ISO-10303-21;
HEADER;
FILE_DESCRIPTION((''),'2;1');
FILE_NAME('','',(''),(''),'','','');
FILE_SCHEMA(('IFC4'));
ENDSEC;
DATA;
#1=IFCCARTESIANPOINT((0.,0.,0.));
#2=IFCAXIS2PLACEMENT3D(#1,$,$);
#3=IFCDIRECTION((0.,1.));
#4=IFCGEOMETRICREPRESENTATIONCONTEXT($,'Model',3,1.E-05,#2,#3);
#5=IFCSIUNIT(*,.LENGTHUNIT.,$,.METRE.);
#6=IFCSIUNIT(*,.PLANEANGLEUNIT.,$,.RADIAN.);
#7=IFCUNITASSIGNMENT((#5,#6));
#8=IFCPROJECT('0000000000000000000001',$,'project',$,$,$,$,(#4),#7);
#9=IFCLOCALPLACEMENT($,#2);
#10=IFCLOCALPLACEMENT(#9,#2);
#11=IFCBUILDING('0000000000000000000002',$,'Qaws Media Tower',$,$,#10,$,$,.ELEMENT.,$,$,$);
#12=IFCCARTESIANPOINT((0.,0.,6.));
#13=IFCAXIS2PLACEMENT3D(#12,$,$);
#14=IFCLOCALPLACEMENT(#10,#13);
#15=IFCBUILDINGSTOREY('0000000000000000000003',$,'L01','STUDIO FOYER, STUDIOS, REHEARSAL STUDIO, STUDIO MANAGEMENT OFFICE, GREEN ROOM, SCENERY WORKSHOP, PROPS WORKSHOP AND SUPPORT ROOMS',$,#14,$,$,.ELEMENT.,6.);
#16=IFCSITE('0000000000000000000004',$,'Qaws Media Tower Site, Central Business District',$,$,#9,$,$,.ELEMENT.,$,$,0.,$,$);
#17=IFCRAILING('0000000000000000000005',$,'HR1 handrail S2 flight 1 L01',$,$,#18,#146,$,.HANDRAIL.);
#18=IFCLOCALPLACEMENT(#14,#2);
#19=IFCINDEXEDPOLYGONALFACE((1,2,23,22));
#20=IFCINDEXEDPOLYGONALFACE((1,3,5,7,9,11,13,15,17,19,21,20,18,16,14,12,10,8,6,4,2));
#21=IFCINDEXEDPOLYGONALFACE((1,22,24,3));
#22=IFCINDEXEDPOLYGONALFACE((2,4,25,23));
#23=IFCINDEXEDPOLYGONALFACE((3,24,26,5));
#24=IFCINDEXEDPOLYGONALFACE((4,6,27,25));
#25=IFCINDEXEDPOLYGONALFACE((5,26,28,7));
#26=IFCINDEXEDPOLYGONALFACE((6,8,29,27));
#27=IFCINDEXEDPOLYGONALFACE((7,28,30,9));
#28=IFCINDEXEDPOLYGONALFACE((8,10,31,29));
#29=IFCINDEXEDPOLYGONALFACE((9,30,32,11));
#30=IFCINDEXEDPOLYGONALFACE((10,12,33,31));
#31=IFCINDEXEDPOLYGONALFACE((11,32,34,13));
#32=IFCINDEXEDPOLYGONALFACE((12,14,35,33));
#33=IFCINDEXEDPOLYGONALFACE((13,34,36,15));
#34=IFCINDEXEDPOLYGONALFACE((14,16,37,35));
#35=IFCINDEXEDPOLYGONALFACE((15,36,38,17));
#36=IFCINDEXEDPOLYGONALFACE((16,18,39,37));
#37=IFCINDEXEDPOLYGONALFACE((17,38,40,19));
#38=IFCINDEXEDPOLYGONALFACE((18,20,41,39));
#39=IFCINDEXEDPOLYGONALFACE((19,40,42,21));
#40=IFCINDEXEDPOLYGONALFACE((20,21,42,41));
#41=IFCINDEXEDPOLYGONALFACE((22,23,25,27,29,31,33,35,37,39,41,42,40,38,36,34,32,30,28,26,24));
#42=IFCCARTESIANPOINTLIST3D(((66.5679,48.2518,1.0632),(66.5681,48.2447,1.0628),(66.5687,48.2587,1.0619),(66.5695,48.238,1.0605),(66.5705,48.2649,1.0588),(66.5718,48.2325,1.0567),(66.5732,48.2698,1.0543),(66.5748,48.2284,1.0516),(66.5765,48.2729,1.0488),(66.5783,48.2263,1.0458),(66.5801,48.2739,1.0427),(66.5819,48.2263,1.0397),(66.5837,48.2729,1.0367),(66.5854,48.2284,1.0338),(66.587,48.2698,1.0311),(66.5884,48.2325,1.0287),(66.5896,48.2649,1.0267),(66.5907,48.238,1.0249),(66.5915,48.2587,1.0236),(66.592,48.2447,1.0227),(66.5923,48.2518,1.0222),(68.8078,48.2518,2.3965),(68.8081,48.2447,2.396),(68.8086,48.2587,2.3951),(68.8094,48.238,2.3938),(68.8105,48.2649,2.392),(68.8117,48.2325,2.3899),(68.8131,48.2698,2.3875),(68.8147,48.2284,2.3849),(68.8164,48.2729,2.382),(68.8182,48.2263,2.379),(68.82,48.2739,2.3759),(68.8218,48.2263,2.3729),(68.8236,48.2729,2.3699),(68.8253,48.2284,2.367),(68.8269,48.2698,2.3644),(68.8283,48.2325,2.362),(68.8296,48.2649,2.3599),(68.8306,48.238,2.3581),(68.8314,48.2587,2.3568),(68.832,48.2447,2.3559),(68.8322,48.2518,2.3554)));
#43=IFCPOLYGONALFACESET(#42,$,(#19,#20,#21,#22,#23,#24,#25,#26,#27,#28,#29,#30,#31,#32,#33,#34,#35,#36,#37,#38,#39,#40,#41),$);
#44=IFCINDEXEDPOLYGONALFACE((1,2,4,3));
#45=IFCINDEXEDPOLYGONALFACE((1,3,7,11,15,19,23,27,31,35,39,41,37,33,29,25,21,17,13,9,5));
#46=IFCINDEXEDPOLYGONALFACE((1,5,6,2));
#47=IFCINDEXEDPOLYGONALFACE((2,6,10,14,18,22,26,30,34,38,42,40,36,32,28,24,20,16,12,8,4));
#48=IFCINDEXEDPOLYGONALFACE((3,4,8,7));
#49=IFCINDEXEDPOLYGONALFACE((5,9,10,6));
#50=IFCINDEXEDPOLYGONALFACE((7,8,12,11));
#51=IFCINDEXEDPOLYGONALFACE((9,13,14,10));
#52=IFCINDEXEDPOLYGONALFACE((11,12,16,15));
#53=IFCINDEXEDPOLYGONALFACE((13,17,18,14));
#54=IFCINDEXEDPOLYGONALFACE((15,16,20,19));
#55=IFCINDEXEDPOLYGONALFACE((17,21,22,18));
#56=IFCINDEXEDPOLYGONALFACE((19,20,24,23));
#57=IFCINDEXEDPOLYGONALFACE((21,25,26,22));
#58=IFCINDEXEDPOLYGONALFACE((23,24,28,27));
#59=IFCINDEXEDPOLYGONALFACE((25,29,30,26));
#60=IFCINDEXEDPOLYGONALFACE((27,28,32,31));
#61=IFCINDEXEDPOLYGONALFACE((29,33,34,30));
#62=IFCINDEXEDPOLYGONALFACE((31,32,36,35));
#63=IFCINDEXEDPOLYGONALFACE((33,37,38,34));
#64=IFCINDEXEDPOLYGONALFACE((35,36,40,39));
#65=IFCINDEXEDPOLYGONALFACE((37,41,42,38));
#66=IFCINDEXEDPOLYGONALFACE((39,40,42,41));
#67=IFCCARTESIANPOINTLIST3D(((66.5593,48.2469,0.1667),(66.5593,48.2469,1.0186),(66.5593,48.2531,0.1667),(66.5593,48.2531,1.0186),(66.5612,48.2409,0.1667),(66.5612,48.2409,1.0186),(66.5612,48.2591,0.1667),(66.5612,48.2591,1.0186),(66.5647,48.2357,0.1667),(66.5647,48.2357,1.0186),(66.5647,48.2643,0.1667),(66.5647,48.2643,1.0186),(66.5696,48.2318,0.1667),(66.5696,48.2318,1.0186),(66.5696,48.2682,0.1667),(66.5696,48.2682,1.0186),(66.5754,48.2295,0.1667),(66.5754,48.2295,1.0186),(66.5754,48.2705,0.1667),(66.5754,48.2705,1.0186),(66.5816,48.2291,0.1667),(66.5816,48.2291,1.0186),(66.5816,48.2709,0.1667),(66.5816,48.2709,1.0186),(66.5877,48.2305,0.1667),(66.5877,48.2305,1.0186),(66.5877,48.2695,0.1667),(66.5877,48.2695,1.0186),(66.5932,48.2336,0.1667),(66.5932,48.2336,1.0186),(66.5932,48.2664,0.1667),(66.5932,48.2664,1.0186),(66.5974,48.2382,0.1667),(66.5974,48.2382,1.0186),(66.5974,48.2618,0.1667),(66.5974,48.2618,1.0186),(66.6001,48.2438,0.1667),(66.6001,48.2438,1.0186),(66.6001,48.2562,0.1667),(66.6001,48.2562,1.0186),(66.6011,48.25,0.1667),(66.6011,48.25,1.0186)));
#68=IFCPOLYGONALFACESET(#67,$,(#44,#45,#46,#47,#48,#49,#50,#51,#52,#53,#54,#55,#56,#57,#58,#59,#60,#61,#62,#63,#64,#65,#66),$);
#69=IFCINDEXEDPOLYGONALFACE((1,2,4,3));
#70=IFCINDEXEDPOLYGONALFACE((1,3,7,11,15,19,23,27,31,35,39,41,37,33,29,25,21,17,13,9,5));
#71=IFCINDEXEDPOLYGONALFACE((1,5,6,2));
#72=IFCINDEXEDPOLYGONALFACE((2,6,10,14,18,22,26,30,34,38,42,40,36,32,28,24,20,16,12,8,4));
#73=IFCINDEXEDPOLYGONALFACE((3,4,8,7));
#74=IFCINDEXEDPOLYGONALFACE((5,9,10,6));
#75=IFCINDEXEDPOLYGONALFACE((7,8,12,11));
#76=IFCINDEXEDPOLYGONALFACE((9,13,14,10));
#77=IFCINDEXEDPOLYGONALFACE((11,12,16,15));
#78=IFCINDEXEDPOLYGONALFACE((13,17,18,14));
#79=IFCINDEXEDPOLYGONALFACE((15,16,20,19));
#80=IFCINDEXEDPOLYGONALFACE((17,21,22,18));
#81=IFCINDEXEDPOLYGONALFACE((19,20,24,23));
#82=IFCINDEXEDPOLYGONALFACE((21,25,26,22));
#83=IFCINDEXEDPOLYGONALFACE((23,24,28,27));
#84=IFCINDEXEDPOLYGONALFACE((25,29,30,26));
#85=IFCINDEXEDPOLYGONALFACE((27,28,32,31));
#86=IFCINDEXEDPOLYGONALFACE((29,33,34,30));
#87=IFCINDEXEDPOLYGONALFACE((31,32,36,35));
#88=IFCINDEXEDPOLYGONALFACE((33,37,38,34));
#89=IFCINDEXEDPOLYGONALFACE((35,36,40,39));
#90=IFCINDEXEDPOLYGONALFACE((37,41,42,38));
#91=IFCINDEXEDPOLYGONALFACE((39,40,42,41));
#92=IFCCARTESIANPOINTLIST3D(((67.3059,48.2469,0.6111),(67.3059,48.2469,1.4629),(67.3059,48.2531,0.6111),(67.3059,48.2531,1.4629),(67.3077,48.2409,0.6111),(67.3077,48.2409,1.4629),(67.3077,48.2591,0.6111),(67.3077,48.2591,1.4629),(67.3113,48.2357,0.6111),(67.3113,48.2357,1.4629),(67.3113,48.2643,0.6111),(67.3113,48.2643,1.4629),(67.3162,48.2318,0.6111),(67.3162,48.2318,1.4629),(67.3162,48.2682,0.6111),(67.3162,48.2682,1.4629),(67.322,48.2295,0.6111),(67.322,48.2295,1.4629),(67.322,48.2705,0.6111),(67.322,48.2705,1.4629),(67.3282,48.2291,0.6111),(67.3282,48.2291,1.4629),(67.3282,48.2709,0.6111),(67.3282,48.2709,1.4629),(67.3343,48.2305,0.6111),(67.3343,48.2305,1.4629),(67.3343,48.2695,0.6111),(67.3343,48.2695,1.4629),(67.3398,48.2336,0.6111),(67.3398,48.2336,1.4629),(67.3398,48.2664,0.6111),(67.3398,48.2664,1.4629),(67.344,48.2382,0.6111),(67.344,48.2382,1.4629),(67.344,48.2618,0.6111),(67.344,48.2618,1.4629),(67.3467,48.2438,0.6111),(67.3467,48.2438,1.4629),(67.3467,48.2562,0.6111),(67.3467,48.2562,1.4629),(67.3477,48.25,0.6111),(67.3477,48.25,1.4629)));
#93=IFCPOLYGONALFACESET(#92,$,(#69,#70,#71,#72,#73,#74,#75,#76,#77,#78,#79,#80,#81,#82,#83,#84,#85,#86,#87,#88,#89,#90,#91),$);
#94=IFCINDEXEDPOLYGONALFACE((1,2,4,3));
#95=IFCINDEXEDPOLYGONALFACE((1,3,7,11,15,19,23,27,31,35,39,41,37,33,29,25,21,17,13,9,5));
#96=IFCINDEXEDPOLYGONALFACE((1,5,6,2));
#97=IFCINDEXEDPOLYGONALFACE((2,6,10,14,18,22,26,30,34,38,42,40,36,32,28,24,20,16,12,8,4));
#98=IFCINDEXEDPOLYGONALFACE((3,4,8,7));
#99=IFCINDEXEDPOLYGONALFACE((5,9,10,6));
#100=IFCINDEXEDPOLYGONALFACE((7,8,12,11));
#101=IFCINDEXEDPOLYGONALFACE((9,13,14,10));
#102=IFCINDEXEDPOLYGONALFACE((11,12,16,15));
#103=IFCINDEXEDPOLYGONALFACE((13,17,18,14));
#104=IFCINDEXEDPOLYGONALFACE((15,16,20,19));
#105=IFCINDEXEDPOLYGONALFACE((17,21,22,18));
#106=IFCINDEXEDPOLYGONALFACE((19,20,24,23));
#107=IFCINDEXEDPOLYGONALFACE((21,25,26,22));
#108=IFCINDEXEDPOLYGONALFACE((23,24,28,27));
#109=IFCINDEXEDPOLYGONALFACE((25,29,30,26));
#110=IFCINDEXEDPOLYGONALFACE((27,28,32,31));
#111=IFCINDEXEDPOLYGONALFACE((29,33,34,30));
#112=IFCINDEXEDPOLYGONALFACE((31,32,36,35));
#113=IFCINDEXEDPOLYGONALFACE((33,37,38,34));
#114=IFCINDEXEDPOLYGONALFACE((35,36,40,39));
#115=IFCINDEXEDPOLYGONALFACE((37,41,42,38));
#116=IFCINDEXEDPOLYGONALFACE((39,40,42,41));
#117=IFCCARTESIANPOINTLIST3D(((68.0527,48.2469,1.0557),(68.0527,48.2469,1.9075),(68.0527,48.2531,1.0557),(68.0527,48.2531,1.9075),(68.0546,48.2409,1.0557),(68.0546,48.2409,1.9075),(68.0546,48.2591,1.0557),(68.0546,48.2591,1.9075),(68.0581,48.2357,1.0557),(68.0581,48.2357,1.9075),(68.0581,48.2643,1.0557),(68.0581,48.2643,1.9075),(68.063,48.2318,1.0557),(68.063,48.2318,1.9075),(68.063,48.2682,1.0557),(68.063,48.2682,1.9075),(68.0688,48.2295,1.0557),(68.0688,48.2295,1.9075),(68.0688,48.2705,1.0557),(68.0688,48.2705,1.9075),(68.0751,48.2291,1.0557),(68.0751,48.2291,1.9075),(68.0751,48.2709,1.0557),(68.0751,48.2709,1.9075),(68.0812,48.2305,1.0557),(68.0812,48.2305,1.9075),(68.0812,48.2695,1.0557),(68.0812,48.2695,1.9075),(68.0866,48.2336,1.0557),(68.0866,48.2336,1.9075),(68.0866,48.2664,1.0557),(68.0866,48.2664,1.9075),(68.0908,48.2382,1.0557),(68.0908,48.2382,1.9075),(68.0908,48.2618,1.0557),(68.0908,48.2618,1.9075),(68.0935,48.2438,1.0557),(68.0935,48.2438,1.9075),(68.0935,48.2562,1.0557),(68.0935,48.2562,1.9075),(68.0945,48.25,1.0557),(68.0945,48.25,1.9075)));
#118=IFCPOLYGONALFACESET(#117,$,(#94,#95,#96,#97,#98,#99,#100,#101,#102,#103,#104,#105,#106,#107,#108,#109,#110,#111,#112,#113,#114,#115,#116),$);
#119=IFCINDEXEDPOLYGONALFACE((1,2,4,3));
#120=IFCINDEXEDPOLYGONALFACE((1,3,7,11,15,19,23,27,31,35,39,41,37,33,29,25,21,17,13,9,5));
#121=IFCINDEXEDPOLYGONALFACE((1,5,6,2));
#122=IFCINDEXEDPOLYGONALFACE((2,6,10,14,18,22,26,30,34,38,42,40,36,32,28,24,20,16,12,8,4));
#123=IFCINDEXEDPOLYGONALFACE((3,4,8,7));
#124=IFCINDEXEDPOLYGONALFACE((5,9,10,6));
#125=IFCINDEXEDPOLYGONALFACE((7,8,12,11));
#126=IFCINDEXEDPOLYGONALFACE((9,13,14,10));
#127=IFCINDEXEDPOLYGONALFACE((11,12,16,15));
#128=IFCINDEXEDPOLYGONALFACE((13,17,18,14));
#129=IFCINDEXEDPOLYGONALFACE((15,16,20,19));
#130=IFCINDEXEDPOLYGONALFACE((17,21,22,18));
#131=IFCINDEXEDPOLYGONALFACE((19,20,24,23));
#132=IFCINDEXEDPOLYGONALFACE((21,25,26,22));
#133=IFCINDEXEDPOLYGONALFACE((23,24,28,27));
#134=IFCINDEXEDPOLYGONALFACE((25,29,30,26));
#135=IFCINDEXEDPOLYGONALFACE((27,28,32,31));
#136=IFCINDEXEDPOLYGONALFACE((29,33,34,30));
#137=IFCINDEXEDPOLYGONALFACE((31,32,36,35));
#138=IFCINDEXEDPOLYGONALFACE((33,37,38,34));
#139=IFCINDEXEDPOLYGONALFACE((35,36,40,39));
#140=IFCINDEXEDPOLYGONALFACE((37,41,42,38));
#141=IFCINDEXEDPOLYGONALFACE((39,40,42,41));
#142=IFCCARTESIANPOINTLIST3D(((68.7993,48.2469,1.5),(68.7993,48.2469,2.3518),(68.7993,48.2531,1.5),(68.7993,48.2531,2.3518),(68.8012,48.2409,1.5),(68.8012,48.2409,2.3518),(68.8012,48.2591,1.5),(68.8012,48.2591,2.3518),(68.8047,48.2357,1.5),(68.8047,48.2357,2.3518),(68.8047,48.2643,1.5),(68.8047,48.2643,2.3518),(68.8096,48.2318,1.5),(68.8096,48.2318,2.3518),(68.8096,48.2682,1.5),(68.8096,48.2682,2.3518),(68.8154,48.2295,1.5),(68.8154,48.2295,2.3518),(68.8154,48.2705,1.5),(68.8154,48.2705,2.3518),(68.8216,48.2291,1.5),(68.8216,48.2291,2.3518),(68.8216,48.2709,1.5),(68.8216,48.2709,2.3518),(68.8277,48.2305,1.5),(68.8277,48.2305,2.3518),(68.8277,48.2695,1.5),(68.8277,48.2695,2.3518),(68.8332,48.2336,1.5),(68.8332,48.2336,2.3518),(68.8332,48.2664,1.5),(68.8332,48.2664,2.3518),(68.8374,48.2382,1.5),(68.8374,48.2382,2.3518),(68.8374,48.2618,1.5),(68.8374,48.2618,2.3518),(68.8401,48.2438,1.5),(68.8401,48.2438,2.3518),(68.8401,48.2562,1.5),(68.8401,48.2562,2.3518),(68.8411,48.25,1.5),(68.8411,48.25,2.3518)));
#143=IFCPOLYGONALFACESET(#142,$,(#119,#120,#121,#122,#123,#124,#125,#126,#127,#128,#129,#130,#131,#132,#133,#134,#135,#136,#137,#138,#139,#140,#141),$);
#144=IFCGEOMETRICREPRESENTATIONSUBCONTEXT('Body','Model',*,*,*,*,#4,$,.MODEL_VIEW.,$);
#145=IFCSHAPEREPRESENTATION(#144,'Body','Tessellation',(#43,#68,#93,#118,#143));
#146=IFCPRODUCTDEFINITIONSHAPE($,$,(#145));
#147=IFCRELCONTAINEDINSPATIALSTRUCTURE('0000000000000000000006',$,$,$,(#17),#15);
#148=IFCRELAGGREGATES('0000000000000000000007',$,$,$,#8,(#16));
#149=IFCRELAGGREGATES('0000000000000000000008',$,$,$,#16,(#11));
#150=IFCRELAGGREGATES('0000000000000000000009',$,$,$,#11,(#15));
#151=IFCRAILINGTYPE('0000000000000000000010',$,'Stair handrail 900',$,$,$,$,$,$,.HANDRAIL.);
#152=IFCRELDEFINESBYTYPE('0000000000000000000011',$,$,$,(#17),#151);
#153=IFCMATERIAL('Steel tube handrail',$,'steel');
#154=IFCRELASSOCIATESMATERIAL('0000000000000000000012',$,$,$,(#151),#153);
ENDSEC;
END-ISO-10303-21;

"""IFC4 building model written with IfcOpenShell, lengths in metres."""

from ifc_helpers import new_model, si_unit, direction, frame, origin, origin_2d, place, context, subcontext, project, spatial, circle, extrude, material, type_object, element, save


model = new_model("IFC4")

# Units and contexts
model_context = context("Model", 3, precision=1e-05, world=origin(), true_north=direction((0.0, 1.0)))
body_context = subcontext(model_context, "Body", "Model", "MODEL_VIEW")
ifc_project = project(units=[si_unit("LENGTHUNIT", "METRE"), si_unit("PLANEANGLEUNIT", "RADIAN")], contexts=[model_context])

# Site, building, storey
site_placement = place(None, origin())
site = spatial("IfcSite", under=ifc_project, at=site_placement, Name="Qaws Media Tower Site, Central Business District", CompositionType="ELEMENT", RefElevation=0.0)
building_placement = place(site_placement, origin())
building = spatial("IfcBuilding", under=site, at=building_placement, Name="Qaws Media Tower", CompositionType="ELEMENT")
storey_placement = place(building_placement, frame((0.0, 0.0, 6.0)))
storey = spatial("IfcBuildingStorey", under=building, at=storey_placement, Name="L01", Description="STUDIO FOYER, STUDIOS, REHEARSAL STUDIO, STUDIO MANAGEMENT OFFICE, GREEN ROOM, SCENERY WORKSHOP, PROPS WORKSHOP AND SUPPORT ROOMS", CompositionType="ELEMENT", Elevation=6.0)

# Railing
ifc_material_1 = material(Name="Steel tube handrail", Category="steel")
railing_type = type_object("IfcRailingType", Name="Stair handrail 900", PredefinedType="HANDRAIL", material=ifc_material_1)
railing_1_placement = place(storey_placement, frame((66.5801, 48.25, 0.1667)))
element("IfcRailing", 1, at=railing_1_placement, inside=storey, type_object=railing_type, Name="HR1 handrail S2 flight 1 L01", PredefinedType="HANDRAIL", context=body_context, shape_type="SweptSolid", body=[
    extrude(circle(Radius=0.0239, at=origin_2d()), frame((0.0, 0.0, 0.876), z_axis=(0.859306, 0.0, 0.511462), x_axis=(0.0, 1.0, 0.0)), (0.0, 0.0, 1.0), 2.6067),
    extrude(circle(Radius=0.021, at=origin_2d()), origin(), (0.0, 0.0, 1.0), 0.8518),
    extrude(circle(Radius=0.021, at=origin_2d()), frame((0.7466, 0.0, 0.4443)), (0.0, 0.0, 1.0), 0.8518),
    extrude(circle(Radius=0.021, at=origin_2d()), frame((1.4934, 0.0, 0.8889)), (0.0, 0.0, 1.0), 0.8518),
    extrude(circle(Radius=0.021, at=origin_2d()), frame((2.24, 0.0, 1.3333)), (0.0, 0.0, 1.0), 0.8518),
])

save(model, "model.ifc")
